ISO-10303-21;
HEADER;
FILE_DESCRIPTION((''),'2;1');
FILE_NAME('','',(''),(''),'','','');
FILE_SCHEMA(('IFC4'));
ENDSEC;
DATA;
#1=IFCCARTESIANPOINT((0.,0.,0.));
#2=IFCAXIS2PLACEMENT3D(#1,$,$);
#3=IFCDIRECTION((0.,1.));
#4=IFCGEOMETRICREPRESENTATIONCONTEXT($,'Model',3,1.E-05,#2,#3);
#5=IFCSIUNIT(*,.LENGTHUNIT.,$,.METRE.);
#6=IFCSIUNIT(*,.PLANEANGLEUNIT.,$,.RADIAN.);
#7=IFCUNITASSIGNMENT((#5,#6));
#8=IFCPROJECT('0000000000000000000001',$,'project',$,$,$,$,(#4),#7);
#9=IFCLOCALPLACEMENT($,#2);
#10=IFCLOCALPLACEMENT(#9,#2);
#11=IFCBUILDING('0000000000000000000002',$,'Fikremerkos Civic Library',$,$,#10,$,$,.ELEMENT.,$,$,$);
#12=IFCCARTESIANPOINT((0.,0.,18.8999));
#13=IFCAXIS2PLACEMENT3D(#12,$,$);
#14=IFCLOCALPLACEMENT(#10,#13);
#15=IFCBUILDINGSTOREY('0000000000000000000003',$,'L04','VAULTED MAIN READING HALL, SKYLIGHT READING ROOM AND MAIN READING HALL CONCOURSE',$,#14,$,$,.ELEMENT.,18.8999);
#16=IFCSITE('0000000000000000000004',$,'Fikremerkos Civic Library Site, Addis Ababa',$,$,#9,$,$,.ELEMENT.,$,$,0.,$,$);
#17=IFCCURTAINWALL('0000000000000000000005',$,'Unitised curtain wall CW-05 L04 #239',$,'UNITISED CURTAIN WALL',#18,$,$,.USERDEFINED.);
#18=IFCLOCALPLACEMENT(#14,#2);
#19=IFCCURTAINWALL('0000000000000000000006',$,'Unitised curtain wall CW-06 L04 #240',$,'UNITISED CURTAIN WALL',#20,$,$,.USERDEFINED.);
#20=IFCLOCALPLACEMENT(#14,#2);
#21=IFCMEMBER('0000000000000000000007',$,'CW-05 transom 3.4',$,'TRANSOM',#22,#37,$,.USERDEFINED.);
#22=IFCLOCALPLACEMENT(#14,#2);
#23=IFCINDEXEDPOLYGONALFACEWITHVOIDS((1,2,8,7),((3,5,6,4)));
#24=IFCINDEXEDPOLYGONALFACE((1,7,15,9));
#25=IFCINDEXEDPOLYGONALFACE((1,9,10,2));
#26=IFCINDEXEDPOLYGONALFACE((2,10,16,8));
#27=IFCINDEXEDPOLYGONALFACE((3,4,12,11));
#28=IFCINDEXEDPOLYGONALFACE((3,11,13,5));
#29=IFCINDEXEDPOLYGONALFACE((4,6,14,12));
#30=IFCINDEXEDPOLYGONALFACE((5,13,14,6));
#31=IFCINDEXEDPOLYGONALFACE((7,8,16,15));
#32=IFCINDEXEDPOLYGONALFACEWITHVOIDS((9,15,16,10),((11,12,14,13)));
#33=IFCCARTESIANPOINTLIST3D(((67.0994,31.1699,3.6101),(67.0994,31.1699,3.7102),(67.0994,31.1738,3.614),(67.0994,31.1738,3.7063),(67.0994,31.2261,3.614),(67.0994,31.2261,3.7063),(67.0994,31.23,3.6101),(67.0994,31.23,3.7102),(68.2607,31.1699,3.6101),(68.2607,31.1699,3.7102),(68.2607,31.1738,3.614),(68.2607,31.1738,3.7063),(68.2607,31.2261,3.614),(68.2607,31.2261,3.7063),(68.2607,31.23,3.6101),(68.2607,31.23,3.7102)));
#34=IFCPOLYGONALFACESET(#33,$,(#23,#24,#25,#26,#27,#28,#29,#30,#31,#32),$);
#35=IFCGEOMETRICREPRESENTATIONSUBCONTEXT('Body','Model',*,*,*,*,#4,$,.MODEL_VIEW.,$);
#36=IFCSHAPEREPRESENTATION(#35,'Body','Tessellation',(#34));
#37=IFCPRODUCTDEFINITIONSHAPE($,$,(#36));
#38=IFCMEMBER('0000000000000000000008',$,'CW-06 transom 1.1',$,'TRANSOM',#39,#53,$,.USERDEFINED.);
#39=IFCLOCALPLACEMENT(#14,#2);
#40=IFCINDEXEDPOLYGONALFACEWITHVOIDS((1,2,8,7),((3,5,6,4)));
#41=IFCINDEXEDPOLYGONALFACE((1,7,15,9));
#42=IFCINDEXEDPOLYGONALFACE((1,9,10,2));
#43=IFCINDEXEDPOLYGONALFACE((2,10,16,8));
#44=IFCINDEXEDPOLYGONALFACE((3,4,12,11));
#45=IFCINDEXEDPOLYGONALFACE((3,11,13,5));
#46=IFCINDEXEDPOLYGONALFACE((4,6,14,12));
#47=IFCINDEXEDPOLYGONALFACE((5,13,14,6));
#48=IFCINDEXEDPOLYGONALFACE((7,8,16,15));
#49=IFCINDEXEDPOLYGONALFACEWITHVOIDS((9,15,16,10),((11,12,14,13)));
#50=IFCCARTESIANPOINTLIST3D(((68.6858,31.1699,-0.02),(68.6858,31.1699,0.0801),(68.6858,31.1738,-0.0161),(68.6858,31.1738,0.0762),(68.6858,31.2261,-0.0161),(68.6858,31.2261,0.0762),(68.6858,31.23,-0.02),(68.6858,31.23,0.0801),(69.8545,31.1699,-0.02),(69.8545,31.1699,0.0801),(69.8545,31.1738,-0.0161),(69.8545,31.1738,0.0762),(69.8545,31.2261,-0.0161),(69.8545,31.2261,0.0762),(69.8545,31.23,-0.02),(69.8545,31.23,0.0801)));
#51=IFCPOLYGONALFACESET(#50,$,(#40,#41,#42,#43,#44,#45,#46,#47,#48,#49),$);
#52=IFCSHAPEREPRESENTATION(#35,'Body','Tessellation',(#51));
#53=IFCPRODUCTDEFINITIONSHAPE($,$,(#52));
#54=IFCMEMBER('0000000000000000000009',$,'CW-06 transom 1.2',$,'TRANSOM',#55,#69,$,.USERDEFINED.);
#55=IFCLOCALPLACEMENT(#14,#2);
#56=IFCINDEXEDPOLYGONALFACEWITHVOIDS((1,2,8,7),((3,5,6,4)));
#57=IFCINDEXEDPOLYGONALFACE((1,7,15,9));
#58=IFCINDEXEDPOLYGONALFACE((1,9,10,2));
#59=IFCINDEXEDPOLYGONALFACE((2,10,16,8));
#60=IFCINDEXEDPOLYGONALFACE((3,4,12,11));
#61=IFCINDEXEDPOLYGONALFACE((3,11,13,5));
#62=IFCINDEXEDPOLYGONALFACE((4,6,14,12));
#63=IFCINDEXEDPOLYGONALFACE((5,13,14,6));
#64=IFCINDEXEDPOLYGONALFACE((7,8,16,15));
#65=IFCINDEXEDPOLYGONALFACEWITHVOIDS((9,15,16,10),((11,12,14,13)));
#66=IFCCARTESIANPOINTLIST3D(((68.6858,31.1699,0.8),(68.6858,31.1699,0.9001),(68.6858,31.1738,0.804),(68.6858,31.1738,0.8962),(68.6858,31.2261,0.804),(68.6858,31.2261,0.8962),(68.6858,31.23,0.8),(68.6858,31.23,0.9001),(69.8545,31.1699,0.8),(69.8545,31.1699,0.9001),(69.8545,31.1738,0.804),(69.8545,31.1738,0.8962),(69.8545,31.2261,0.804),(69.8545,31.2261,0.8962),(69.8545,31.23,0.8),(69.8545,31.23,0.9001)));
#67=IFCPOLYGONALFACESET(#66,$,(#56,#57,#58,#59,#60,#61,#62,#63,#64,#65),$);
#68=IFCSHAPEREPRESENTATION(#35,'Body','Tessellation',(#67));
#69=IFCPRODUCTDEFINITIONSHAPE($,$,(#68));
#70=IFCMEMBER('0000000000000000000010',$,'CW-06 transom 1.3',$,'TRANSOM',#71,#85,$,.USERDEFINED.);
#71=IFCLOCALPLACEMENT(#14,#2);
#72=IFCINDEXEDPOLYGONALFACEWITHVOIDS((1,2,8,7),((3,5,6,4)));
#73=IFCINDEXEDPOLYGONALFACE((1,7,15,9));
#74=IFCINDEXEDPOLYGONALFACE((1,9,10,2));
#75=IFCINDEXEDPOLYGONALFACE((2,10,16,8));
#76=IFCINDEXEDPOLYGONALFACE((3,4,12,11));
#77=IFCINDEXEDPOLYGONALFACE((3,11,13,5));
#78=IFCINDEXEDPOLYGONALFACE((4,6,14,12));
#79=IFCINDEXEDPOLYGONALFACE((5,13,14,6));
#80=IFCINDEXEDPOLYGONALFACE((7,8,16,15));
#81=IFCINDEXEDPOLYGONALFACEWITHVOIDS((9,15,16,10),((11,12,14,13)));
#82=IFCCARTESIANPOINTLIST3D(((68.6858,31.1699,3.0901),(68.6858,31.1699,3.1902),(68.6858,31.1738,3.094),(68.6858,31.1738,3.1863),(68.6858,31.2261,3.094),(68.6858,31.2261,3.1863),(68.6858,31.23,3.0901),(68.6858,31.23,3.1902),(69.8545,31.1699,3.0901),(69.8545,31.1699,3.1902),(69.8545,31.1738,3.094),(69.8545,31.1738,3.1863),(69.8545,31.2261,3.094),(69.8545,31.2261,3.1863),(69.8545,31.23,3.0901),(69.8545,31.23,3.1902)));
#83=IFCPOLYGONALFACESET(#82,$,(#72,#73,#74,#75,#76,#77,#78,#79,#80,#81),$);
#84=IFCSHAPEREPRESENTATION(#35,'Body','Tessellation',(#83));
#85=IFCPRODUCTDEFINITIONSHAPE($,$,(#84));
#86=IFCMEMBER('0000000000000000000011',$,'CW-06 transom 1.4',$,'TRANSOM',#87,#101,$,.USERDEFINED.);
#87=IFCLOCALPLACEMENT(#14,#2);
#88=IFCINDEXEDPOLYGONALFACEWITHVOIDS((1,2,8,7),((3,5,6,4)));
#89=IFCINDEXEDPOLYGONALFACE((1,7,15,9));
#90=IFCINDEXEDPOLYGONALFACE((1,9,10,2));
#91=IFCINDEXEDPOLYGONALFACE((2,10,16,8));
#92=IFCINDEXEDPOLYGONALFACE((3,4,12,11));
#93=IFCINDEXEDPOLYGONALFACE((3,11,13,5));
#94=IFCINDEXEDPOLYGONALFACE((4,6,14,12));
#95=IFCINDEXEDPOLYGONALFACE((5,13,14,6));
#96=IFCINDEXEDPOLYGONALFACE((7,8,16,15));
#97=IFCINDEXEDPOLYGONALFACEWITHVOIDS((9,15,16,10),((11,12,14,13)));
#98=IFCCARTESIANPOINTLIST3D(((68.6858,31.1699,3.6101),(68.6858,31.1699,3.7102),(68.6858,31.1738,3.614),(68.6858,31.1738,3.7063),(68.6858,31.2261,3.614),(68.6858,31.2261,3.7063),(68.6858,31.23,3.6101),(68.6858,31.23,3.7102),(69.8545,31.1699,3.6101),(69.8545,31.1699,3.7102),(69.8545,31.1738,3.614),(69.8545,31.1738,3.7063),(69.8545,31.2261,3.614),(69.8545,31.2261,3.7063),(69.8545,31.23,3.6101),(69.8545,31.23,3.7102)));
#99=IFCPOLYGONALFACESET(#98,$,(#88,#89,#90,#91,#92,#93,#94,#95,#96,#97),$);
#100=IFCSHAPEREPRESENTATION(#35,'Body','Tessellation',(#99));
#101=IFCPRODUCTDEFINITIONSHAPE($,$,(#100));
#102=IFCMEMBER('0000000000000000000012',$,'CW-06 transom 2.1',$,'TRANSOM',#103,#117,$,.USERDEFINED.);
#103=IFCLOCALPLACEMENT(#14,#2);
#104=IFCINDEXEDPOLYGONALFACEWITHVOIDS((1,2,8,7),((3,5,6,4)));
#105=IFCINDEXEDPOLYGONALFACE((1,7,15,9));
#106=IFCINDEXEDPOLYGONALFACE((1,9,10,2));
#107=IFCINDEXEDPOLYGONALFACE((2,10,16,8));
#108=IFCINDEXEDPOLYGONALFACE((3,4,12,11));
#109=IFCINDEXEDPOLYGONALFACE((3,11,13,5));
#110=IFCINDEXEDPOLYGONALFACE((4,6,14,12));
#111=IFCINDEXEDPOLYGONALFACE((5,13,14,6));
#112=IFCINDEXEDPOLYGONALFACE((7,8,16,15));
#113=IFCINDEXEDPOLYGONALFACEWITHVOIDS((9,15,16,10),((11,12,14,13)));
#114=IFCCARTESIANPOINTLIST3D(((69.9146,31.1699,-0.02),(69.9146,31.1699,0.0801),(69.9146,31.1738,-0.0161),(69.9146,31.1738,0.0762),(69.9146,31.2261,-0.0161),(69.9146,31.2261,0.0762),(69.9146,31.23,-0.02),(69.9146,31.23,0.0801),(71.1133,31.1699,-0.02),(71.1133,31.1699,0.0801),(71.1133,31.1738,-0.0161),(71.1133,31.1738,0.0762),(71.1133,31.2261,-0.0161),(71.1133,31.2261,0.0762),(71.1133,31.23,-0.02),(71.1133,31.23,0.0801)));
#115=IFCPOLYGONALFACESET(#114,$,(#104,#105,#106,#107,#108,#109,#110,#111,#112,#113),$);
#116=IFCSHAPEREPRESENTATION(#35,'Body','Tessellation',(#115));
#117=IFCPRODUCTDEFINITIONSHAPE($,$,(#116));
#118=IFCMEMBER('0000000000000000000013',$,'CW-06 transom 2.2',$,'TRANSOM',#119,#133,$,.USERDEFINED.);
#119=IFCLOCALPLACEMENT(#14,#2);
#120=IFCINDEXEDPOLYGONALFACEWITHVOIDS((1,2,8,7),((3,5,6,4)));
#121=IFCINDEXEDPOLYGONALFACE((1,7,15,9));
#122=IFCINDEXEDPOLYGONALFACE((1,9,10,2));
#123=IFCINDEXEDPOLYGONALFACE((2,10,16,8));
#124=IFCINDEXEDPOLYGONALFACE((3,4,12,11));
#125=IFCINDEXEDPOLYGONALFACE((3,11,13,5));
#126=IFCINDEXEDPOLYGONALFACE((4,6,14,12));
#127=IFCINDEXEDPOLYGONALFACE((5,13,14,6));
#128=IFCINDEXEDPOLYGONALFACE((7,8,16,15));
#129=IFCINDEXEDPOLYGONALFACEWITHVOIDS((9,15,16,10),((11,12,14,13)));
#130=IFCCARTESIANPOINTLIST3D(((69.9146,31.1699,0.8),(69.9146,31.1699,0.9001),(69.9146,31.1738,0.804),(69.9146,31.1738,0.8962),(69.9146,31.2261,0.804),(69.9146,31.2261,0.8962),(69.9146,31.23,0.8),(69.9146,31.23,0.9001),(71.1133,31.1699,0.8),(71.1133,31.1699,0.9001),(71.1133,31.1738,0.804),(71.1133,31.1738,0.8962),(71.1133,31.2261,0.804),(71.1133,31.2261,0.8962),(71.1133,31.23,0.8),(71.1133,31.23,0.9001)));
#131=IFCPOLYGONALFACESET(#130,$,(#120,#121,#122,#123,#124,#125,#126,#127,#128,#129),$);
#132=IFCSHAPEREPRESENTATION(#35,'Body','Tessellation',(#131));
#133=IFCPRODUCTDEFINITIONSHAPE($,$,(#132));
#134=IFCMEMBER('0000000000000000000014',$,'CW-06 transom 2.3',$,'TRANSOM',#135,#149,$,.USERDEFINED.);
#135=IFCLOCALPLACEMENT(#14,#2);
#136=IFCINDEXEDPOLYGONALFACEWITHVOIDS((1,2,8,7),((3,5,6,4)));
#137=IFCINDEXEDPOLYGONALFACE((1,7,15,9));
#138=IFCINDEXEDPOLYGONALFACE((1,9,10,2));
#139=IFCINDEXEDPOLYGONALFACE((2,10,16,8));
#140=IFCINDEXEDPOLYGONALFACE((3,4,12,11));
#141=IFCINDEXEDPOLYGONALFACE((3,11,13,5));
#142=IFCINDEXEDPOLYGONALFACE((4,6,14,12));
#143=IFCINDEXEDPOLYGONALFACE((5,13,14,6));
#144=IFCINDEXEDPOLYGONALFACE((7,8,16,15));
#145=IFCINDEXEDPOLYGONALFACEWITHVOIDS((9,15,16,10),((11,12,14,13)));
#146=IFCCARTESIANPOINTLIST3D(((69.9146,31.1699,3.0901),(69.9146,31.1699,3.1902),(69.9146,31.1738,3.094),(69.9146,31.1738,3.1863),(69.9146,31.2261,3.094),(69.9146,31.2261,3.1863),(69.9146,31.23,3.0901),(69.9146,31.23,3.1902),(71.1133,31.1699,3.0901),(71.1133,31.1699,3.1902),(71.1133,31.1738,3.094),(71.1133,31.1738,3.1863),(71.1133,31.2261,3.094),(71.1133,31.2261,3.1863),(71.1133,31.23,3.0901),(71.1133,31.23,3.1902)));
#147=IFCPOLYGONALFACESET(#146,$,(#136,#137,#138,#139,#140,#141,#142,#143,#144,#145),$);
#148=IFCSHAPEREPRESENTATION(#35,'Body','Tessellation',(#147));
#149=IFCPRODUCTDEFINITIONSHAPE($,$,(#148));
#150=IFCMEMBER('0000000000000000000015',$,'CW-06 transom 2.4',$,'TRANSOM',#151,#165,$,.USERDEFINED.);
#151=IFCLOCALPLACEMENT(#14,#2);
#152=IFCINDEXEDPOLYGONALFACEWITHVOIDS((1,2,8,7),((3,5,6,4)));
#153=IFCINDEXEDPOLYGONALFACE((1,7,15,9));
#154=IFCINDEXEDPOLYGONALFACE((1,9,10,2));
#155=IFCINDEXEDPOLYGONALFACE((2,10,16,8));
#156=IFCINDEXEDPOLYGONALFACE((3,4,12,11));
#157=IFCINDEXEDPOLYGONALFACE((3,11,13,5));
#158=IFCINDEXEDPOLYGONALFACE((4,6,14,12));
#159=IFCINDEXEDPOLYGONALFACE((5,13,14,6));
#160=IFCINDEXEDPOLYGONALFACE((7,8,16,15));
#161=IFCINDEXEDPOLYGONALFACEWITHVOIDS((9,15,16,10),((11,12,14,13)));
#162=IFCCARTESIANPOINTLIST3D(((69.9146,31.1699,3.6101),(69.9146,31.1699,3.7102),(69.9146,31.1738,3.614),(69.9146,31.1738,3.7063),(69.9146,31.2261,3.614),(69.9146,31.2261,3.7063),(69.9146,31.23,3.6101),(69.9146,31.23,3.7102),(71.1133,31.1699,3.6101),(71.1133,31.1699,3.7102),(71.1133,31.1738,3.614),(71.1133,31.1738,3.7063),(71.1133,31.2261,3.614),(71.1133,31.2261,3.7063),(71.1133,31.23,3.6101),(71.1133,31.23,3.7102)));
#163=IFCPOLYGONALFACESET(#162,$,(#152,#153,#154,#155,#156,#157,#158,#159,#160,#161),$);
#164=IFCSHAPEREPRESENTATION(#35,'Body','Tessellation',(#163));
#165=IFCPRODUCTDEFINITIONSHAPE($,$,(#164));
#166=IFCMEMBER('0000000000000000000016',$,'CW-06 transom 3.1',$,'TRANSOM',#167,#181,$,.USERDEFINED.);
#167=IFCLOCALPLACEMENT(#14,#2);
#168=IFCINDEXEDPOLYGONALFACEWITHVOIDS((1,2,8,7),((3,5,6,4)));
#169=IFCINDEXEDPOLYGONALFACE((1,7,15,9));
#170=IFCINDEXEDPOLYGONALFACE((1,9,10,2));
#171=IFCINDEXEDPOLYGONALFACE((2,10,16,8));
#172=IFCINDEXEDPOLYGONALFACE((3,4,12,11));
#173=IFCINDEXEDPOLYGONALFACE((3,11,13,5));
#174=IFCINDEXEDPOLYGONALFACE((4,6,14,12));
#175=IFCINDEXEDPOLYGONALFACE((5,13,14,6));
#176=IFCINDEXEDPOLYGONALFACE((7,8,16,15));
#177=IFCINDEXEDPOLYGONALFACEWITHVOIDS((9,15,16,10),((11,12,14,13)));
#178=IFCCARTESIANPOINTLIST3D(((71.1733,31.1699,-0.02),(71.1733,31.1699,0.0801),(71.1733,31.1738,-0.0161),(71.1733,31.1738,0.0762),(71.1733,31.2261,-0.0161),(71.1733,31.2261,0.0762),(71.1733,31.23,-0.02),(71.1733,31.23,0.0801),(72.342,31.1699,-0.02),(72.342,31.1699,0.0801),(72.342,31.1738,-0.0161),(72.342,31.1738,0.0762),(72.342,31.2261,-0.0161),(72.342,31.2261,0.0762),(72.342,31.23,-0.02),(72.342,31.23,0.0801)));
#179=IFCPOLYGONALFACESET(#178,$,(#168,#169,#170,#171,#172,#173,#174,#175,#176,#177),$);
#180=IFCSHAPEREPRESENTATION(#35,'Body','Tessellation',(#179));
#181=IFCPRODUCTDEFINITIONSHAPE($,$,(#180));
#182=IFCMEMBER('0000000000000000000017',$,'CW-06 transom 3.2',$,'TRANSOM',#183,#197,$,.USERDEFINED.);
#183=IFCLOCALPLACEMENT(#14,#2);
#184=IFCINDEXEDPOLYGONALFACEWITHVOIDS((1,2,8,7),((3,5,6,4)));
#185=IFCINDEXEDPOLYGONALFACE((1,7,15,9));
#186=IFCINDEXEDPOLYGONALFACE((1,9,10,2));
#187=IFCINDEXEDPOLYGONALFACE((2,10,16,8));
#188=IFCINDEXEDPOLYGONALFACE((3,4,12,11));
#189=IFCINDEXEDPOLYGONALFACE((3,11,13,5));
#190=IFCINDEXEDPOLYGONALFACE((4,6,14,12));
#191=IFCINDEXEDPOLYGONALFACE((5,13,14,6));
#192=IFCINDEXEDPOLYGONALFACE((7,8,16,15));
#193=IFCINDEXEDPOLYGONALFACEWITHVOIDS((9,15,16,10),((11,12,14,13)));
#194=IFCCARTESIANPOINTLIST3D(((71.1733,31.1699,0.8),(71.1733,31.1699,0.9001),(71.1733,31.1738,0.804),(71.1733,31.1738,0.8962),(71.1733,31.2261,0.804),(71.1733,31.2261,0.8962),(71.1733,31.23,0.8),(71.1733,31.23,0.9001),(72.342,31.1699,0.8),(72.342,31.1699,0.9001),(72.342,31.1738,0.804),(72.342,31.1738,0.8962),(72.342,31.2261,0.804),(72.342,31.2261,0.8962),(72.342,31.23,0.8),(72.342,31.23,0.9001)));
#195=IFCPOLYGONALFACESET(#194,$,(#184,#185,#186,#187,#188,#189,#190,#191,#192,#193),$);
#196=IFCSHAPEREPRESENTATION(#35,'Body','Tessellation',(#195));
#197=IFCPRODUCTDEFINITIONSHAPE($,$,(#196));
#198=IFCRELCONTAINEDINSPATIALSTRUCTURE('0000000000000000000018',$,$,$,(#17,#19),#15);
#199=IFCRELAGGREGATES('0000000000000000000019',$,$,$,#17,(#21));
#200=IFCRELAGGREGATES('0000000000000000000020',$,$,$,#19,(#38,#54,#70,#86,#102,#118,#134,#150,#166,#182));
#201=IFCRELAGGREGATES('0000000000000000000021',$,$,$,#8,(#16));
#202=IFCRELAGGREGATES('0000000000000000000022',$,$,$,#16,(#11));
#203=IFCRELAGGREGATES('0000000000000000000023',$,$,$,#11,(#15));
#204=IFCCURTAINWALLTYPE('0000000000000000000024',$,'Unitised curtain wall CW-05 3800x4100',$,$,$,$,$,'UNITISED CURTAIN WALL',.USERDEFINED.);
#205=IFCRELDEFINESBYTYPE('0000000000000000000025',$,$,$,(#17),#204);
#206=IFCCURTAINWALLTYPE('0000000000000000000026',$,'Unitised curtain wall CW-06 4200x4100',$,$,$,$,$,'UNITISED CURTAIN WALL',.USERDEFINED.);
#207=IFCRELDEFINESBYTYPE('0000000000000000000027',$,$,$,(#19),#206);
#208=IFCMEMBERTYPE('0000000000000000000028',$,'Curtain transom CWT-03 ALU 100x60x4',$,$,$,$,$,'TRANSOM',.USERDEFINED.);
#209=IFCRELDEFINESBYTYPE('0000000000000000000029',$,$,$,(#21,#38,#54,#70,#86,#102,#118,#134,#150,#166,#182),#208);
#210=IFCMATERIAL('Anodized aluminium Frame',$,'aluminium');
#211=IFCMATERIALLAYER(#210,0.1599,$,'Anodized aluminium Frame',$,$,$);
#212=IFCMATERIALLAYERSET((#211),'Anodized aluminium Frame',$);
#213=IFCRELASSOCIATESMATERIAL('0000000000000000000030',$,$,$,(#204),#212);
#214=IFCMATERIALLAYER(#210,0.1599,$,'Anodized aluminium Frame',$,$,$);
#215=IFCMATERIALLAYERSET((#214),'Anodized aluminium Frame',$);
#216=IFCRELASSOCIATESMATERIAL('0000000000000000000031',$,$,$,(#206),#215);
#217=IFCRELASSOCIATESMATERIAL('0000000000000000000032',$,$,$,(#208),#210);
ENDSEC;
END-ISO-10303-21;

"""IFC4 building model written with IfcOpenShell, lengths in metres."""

from ifc_helpers import new_model, si_unit, direction, frame, origin, origin_2d, place, context, subcontext, project, spatial, hollow_rectangle, extrude, material, layer, layer_set, material_profile, profile_set, type_object, element, aggregate, save


model = new_model("IFC4")

# Units and contexts
model_context = context("Model", 3, precision=1e-05, world=origin(), true_north=direction((0.0, 1.0)))
body_context = subcontext(model_context, "Body", "Model", "MODEL_VIEW")
ifc_project = project(units=[si_unit("LENGTHUNIT", "METRE"), si_unit("PLANEANGLEUNIT", "RADIAN")], contexts=[model_context])

# Site, building, storey
site_placement = place(None, origin())
site = spatial("IfcSite", under=ifc_project, at=site_placement, Name="Fikremerkos Civic Library Site, Addis Ababa", CompositionType="ELEMENT", RefElevation=0.0)
building_placement = place(site_placement, origin())
building = spatial("IfcBuilding", under=site, at=building_placement, Name="Fikremerkos Civic Library", CompositionType="ELEMENT")
storey_placement = place(building_placement, frame((0.0, 0.0, 18.8999)))
storey = spatial("IfcBuildingStorey", under=building, at=storey_placement, Name="L04", Description="VAULTED MAIN READING HALL, SKYLIGHT READING ROOM AND MAIN READING HALL CONCOURSE", CompositionType="ELEMENT", Elevation=18.8999)

# Curtain wall
ifc_material_1 = material(Name="Anodized aluminium Frame", Category="aluminium")
ifc_layer_1 = layer(ifc_material_1, 0.1599, Name="Anodized aluminium Frame")
ifc_layer_set_1 = layer_set([ifc_layer_1], Name="Anodized aluminium Frame")
curtain_wall_type_1 = type_object("IfcCurtainWallType", Name="Unitised curtain wall CW-05 3800x4100", ElementType="UNITISED CURTAIN WALL", PredefinedType="USERDEFINED", material=ifc_layer_set_1)
curtain_wall_1_placement = place(storey_placement, origin())
curtain_wall_1 = element("IfcCurtainWall", 1, at=curtain_wall_1_placement, inside=storey, type_object=curtain_wall_type_1, Name="Unitised curtain wall CW-05 L04 #239", ObjectType="UNITISED CURTAIN WALL", PredefinedType="USERDEFINED")

# Curtain wall
ifc_layer_2 = layer(ifc_material_1, 0.1599, Name="Anodized aluminium Frame")
ifc_layer_set_2 = layer_set([ifc_layer_2], Name="Anodized aluminium Frame")
curtain_wall_type_2 = type_object("IfcCurtainWallType", Name="Unitised curtain wall CW-06 4200x4100", ElementType="UNITISED CURTAIN WALL", PredefinedType="USERDEFINED", material=ifc_layer_set_2)
curtain_wall_2_placement = place(storey_placement, origin())
curtain_wall_2 = element("IfcCurtainWall", 2, at=curtain_wall_2_placement, inside=storey, type_object=curtain_wall_type_2, Name="Unitised curtain wall CW-06 L04 #240", ObjectType="UNITISED CURTAIN WALL", PredefinedType="USERDEFINED")

# Members
ifc_material_profile_1 = material_profile(ifc_material_1, hollow_rectangle(XDim=0.0601, YDim=0.1001, WallThickness=0.0039, at=origin_2d()), Name="ALU 100x60x4")
ifc_profile_set_1 = profile_set([ifc_material_profile_1], Name="Anodized aluminium Frame")
member_type_1 = type_object("IfcMemberType", Name="Curtain transom CWT-03 ALU 100x60x4", ElementType="TRANSOM", PredefinedType="USERDEFINED", material=ifc_profile_set_1)
member_1_placement = place(storey_placement, frame((67.0994, 31.2, 3.6602), z_axis=(1.0, 0.0, 0.0), x_axis=(0.0, 1.0, 0.0)))
member_1 = element("IfcMember", 3, at=member_1_placement, type_object=member_type_1, Name="CW-05 transom 3.4", ObjectType="TRANSOM", PredefinedType="USERDEFINED", context=body_context, shape_type="SweptSolid", body=[
    extrude(hollow_rectangle(XDim=0.0601, YDim=0.1001, WallThickness=0.0039, at=origin_2d()), origin(), (0.0, 0.0, 1.0), 1.1614),
])
member_2_placement = place(storey_placement, frame((68.6858, 31.2, 0.03), z_axis=(1.0, 0.0, 0.0), x_axis=(0.0, 1.0, 0.0)))
member_2 = element("IfcMember", 4, at=member_2_placement, type_object=member_type_1, Name="CW-06 transom 1.1", ObjectType="TRANSOM", PredefinedType="USERDEFINED", context=body_context, shape_type="SweptSolid", body=[
    extrude(hollow_rectangle(XDim=0.0601, YDim=0.1001, WallThickness=0.0039, at=origin_2d()), origin(), (0.0, 0.0, 1.0), 1.1687),
])
member_3_placement = place(storey_placement, frame((68.6858, 31.2, 0.8501), z_axis=(1.0, 0.0, 0.0), x_axis=(0.0, 1.0, 0.0)))
member_3 = element("IfcMember", 5, at=member_3_placement, type_object=member_type_1, Name="CW-06 transom 1.2", ObjectType="TRANSOM", PredefinedType="USERDEFINED", context=body_context, shape_type="SweptSolid", body=[
    extrude(hollow_rectangle(XDim=0.0601, YDim=0.1001, WallThickness=0.0039, at=origin_2d()), origin(), (0.0, 0.0, 1.0), 1.1687),
])
member_4_placement = place(storey_placement, frame((68.6858, 31.2, 3.1401), z_axis=(1.0, 0.0, 0.0), x_axis=(0.0, 1.0, 0.0)))
member_4 = element("IfcMember", 6, at=member_4_placement, type_object=member_type_1, Name="CW-06 transom 1.3", ObjectType="TRANSOM", PredefinedType="USERDEFINED", context=body_context, shape_type="SweptSolid", body=[
    extrude(hollow_rectangle(XDim=0.0601, YDim=0.1001, WallThickness=0.0039, at=origin_2d()), origin(), (0.0, 0.0, 1.0), 1.1687),
])
member_5_placement = place(storey_placement, frame((68.6858, 31.2, 3.6602), z_axis=(1.0, 0.0, 0.0), x_axis=(0.0, 1.0, 0.0)))
member_5 = element("IfcMember", 7, at=member_5_placement, type_object=member_type_1, Name="CW-06 transom 1.4", ObjectType="TRANSOM", PredefinedType="USERDEFINED", context=body_context, shape_type="SweptSolid", body=[
    extrude(hollow_rectangle(XDim=0.0601, YDim=0.1001, WallThickness=0.0039, at=origin_2d()), origin(), (0.0, 0.0, 1.0), 1.1687),
])
member_6_placement = place(storey_placement, frame((69.9146, 31.2, 0.03), z_axis=(1.0, 0.0, 0.0), x_axis=(0.0, 1.0, 0.0)))
member_6 = element("IfcMember", 8, at=member_6_placement, type_object=member_type_1, Name="CW-06 transom 2.1", ObjectType="TRANSOM", PredefinedType="USERDEFINED", context=body_context, shape_type="SweptSolid", body=[
    extrude(hollow_rectangle(XDim=0.0601, YDim=0.1001, WallThickness=0.0039, at=origin_2d()), origin(), (0.0, 0.0, 1.0), 1.1987),
])
member_7_placement = place(storey_placement, frame((69.9146, 31.2, 0.8501), z_axis=(1.0, 0.0, 0.0), x_axis=(0.0, 1.0, 0.0)))
member_7 = element("IfcMember", 9, at=member_7_placement, type_object=member_type_1, Name="CW-06 transom 2.2", ObjectType="TRANSOM", PredefinedType="USERDEFINED", context=body_context, shape_type="SweptSolid", body=[
    extrude(hollow_rectangle(XDim=0.0601, YDim=0.1001, WallThickness=0.0039, at=origin_2d()), origin(), (0.0, 0.0, 1.0), 1.1987),
])
member_8_placement = place(storey_placement, frame((69.9146, 31.2, 3.1401), z_axis=(1.0, 0.0, 0.0), x_axis=(0.0, 1.0, 0.0)))
member_8 = element("IfcMember", 10, at=member_8_placement, type_object=member_type_1, Name="CW-06 transom 2.3", ObjectType="TRANSOM", PredefinedType="USERDEFINED", context=body_context, shape_type="SweptSolid", body=[
    extrude(hollow_rectangle(XDim=0.0601, YDim=0.1001, WallThickness=0.0039, at=origin_2d()), origin(), (0.0, 0.0, 1.0), 1.1987),
])
member_9_placement = place(storey_placement, frame((69.9146, 31.2, 3.6602), z_axis=(1.0, 0.0, 0.0), x_axis=(0.0, 1.0, 0.0)))
member_9 = element("IfcMember", 11, at=member_9_placement, type_object=member_type_1, Name="CW-06 transom 2.4", ObjectType="TRANSOM", PredefinedType="USERDEFINED", context=body_context, shape_type="SweptSolid", body=[
    extrude(hollow_rectangle(XDim=0.0601, YDim=0.1001, WallThickness=0.0039, at=origin_2d()), origin(), (0.0, 0.0, 1.0), 1.1987),
])
member_10_placement = place(storey_placement, frame((71.1733, 31.2, 0.03), z_axis=(1.0, 0.0, 0.0), x_axis=(0.0, 1.0, 0.0)))
member_10 = element("IfcMember", 12, at=member_10_placement, type_object=member_type_1, Name="CW-06 transom 3.1", ObjectType="TRANSOM", PredefinedType="USERDEFINED", context=body_context, shape_type="SweptSolid", body=[
    extrude(hollow_rectangle(XDim=0.0601, YDim=0.1001, WallThickness=0.0039, at=origin_2d()), origin(), (0.0, 0.0, 1.0), 1.1687),
])
member_11_placement = place(storey_placement, frame((71.1733, 31.2, 0.8501), z_axis=(1.0, 0.0, 0.0), x_axis=(0.0, 1.0, 0.0)))
member_11 = element("IfcMember", 13, at=member_11_placement, type_object=member_type_1, Name="CW-06 transom 3.2", ObjectType="TRANSOM", PredefinedType="USERDEFINED", context=body_context, shape_type="SweptSolid", body=[
    extrude(hollow_rectangle(XDim=0.0601, YDim=0.1001, WallThickness=0.0039, at=origin_2d()), origin(), (0.0, 0.0, 1.0), 1.1687),
])

aggregate(curtain_wall_1, [member_1])
aggregate(curtain_wall_2, [member_2, member_3, member_4, member_5, member_6, member_7, member_8, member_9, member_10, member_11])

save(model, "model.ifc")
